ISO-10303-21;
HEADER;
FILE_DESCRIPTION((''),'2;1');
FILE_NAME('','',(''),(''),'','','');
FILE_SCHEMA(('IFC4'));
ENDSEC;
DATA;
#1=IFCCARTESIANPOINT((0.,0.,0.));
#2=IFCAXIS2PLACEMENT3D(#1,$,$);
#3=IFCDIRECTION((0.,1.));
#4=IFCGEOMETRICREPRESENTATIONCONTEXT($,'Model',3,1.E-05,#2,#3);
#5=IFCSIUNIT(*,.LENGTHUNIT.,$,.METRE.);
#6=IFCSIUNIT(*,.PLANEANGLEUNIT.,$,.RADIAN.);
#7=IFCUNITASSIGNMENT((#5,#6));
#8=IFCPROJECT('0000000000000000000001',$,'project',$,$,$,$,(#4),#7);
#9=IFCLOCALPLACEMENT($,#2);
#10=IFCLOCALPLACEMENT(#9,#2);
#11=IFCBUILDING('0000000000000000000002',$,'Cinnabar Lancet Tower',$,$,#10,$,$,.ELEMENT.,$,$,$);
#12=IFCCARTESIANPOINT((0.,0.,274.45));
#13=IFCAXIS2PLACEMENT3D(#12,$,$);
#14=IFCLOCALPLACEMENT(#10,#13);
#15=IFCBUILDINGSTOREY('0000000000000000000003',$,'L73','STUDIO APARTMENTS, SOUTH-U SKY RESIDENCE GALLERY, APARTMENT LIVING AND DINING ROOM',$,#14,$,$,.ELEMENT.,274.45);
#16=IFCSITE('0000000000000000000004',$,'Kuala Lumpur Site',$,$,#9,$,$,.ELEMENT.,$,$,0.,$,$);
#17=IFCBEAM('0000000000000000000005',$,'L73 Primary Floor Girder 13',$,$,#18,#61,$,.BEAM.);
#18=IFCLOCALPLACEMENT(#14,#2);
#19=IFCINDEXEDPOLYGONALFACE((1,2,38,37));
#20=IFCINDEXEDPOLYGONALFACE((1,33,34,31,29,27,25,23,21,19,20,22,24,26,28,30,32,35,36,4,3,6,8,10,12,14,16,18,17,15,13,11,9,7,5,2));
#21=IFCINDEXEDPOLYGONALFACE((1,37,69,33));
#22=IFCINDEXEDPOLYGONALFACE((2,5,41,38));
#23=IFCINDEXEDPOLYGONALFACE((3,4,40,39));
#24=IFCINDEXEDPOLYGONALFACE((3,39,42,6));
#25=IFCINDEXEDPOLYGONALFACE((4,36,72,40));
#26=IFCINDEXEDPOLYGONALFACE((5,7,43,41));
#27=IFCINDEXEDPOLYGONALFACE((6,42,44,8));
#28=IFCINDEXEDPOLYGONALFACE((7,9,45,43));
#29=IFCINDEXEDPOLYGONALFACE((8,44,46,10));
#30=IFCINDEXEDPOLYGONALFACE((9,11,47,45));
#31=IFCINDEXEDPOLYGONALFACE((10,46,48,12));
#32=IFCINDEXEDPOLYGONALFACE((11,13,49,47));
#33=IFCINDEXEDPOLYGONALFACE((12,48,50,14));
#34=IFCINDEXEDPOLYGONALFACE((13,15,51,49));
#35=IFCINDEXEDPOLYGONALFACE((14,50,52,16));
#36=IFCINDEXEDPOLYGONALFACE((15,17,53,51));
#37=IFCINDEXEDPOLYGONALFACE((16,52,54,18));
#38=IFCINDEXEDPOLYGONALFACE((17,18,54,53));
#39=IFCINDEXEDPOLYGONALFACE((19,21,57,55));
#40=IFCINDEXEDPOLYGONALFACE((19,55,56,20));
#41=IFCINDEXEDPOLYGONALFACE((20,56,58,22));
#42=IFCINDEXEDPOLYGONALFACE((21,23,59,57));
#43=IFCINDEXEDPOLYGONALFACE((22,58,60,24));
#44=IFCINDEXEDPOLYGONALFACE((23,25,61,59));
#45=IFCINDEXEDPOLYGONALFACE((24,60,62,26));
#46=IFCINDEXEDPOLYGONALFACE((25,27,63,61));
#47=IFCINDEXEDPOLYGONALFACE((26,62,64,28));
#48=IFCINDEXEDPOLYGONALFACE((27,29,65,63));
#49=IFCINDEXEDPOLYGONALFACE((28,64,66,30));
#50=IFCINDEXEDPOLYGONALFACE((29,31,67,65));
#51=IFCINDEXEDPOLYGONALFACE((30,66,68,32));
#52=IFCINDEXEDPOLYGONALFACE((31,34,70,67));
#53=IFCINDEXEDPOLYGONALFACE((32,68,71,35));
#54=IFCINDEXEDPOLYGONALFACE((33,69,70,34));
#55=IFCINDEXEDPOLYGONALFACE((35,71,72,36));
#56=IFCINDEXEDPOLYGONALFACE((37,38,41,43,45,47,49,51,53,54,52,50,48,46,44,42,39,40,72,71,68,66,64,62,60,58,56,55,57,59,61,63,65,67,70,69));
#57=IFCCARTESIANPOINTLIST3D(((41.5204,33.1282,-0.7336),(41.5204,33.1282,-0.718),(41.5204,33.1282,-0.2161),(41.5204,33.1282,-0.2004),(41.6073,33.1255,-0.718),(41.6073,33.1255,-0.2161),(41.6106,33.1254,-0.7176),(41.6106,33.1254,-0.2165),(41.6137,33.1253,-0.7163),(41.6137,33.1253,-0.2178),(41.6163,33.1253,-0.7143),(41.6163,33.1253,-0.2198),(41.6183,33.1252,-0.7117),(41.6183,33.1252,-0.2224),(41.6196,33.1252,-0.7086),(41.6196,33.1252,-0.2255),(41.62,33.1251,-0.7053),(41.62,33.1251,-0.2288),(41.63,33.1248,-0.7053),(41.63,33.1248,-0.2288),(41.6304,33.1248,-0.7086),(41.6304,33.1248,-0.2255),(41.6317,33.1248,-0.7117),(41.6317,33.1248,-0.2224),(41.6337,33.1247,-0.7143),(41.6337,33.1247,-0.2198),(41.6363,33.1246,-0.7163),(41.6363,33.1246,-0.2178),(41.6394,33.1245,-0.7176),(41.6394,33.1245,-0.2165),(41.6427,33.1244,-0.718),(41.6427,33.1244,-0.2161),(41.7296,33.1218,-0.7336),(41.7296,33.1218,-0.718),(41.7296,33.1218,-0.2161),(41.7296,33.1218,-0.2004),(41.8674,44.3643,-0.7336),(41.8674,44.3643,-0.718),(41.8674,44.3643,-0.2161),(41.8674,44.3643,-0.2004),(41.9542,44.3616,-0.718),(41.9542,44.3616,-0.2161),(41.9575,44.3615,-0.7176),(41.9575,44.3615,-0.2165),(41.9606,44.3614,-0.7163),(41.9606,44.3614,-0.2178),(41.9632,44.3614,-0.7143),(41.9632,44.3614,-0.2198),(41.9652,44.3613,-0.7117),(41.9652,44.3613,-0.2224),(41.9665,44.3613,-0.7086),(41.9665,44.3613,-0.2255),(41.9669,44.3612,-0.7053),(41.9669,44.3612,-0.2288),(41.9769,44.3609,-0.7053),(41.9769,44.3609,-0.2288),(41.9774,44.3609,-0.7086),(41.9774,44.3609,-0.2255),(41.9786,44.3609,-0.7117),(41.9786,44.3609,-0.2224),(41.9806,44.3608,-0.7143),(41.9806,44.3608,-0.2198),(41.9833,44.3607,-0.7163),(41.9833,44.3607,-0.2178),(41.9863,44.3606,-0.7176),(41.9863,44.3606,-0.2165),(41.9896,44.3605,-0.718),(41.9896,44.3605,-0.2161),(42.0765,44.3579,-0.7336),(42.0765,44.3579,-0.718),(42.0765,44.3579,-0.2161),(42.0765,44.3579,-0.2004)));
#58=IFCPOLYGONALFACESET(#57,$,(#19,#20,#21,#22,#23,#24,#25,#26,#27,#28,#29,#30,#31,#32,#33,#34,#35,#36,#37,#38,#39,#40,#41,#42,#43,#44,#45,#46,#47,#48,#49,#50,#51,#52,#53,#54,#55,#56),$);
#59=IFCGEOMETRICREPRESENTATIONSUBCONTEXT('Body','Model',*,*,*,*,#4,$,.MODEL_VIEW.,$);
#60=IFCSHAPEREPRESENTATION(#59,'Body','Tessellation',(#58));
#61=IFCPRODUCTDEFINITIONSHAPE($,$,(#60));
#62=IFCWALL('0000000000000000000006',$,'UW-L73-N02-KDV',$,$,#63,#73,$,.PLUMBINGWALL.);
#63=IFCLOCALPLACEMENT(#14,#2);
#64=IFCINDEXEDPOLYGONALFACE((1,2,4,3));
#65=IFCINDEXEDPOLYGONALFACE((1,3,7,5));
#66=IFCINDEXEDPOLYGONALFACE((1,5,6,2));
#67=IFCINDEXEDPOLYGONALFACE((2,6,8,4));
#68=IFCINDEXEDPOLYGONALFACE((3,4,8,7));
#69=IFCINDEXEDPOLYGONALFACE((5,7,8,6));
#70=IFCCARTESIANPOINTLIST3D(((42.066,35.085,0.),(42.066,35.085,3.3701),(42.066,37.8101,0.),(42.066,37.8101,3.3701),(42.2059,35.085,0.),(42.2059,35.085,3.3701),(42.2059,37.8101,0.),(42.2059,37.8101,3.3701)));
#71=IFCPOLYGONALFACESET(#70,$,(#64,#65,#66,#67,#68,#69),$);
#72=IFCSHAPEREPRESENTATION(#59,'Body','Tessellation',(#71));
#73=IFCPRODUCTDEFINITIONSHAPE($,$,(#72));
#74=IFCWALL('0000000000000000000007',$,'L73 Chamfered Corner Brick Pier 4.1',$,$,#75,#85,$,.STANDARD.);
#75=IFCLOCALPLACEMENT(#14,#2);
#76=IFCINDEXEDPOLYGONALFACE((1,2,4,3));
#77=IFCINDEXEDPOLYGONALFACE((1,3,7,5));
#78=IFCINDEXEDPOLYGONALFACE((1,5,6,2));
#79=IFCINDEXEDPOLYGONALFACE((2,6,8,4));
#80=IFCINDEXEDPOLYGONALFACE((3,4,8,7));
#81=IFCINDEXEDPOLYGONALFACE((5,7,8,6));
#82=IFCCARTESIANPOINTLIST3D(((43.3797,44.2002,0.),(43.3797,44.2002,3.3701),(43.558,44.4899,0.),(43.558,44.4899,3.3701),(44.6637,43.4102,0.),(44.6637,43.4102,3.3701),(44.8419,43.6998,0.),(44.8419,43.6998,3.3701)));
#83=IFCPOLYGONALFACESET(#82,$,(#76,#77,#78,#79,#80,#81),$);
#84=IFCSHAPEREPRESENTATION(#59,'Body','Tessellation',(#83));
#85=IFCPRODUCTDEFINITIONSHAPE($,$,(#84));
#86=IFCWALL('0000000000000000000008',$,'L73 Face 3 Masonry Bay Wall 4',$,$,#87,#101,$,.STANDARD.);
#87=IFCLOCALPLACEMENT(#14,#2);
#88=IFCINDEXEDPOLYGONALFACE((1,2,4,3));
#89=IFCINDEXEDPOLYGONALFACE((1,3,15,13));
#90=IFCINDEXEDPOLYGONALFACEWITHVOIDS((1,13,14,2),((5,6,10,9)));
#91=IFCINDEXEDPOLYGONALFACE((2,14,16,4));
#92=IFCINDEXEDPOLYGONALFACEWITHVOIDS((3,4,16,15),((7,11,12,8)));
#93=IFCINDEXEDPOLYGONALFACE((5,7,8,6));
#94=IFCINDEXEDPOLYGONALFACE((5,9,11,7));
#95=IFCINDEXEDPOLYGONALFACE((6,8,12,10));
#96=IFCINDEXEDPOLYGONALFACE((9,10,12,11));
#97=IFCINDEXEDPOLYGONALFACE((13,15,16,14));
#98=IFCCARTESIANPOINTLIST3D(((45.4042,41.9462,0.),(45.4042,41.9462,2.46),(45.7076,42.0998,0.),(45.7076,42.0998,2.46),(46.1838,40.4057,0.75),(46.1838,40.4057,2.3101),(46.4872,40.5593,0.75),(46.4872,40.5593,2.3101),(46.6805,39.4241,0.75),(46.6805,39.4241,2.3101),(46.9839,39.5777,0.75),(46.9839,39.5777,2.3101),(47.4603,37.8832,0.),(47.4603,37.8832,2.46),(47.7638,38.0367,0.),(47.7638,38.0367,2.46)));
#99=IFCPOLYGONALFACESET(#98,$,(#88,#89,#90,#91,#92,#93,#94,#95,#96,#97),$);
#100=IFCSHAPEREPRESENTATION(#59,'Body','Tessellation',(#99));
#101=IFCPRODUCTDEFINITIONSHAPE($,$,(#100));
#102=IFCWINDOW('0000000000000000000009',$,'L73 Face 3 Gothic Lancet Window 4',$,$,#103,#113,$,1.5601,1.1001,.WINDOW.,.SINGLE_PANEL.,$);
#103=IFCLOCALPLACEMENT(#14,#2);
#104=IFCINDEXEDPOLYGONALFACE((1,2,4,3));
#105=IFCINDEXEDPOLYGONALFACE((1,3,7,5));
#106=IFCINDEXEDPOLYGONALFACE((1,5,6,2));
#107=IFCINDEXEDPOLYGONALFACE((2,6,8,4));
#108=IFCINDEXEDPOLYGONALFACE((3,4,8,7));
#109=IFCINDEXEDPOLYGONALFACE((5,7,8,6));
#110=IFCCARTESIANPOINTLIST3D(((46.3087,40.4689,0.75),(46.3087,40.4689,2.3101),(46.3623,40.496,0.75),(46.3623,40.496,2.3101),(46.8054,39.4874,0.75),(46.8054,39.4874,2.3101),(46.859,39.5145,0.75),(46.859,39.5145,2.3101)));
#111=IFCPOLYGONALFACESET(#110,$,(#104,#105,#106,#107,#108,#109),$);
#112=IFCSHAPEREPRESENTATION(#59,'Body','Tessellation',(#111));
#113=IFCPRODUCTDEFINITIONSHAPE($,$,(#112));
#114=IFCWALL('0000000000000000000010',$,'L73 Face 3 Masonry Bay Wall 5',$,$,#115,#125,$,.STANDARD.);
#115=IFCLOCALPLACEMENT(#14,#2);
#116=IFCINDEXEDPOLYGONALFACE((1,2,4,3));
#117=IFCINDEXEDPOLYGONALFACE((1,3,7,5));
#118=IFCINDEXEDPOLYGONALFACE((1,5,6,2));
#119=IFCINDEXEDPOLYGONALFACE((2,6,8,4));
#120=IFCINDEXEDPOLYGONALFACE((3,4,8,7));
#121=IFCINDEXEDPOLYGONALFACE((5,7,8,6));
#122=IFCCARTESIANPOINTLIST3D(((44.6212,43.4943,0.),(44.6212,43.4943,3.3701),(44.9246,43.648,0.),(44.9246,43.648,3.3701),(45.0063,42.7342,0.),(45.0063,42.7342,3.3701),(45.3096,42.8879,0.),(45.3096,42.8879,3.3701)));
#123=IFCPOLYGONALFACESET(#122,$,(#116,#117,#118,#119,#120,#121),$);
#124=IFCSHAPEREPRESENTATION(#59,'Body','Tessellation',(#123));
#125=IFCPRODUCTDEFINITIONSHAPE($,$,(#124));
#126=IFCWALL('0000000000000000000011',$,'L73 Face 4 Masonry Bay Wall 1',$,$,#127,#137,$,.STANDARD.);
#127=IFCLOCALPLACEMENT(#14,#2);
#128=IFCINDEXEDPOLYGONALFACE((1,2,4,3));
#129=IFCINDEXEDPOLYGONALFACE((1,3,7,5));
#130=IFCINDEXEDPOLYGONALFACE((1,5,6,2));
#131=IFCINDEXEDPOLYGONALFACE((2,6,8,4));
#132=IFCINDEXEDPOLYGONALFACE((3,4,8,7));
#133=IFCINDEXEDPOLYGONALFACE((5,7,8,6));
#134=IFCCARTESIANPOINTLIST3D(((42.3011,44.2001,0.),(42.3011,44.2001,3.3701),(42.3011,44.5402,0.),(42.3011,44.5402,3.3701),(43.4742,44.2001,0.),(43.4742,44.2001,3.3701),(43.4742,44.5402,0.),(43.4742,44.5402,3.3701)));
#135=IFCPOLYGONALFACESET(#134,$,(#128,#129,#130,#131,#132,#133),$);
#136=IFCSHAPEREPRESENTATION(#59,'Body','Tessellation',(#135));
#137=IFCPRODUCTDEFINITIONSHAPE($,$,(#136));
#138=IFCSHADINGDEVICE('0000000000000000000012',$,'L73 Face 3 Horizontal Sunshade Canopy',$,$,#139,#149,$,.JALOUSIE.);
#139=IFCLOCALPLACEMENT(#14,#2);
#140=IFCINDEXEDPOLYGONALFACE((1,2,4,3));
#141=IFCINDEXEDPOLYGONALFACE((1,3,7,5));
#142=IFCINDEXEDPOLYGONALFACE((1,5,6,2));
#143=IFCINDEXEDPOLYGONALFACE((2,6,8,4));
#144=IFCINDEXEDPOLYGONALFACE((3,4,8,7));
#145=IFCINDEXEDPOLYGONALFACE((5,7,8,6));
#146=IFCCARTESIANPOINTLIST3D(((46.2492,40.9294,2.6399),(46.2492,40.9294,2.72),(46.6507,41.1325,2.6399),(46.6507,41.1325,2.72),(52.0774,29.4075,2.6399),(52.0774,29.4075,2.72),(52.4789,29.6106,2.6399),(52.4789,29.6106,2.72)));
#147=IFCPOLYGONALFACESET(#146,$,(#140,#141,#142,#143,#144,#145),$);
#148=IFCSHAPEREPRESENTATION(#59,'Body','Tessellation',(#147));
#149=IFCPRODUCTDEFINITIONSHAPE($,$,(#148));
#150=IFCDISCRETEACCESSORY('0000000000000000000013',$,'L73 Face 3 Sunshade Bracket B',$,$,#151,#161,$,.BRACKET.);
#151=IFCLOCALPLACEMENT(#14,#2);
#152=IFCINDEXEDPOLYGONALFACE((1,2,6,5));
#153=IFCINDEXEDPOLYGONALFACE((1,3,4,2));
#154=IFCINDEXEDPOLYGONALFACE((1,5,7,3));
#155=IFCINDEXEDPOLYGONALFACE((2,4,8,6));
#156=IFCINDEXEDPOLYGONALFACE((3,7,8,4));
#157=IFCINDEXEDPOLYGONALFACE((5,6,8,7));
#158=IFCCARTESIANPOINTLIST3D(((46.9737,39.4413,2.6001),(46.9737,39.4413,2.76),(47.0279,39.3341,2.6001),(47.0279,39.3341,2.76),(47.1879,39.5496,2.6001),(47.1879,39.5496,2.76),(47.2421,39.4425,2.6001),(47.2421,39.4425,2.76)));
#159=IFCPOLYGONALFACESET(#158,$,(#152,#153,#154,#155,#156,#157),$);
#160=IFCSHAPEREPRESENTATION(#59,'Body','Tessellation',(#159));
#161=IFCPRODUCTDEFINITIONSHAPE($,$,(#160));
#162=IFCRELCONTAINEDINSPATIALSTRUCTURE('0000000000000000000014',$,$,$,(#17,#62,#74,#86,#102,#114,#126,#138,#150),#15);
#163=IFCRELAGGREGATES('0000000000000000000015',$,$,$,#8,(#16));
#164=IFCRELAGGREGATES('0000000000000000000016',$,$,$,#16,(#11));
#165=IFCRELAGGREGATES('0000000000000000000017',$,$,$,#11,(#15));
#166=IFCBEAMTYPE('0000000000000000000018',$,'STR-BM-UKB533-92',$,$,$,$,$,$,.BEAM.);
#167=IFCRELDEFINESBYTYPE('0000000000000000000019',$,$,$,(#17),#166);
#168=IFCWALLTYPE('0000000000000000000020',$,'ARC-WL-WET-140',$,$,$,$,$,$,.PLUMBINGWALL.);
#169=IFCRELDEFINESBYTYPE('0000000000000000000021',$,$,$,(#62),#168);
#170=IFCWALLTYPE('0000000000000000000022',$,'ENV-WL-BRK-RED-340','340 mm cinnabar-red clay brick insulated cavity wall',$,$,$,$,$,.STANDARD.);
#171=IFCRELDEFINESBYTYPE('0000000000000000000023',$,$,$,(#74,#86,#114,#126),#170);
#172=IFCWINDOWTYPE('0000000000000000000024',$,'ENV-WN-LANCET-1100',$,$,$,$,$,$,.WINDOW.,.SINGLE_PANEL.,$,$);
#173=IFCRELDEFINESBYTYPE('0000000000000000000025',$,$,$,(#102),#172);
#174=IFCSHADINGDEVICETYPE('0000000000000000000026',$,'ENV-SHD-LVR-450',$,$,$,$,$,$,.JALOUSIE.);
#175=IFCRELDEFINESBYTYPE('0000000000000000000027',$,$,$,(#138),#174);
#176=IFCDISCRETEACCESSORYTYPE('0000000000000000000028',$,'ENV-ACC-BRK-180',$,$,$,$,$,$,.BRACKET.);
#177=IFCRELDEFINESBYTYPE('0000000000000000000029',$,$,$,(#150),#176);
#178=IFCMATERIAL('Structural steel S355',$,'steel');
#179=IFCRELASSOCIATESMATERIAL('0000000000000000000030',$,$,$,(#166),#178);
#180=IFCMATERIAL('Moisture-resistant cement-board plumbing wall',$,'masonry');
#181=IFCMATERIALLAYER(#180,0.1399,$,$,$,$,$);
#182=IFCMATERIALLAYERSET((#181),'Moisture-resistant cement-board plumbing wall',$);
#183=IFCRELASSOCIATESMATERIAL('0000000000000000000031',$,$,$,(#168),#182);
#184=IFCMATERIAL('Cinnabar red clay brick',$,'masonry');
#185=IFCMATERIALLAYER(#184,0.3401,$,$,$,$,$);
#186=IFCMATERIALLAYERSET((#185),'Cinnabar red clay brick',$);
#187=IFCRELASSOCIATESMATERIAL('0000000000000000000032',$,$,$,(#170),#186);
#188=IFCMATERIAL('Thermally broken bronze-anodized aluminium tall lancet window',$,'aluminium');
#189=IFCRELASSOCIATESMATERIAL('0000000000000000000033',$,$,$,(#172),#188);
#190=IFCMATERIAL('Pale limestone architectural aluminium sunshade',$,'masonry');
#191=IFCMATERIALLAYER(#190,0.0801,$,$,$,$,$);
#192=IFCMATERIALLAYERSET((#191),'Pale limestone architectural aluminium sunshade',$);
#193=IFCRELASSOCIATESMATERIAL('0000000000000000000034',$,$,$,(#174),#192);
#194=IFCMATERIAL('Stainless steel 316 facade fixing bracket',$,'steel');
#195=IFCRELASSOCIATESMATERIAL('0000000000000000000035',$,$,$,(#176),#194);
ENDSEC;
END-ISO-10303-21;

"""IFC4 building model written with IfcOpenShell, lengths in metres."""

from ifc_helpers import new_model, si_unit, direction, frame, frame_2d, origin, origin_2d, place, context, subcontext, project, spatial, rectangle, i_section, extrude, material, layer, layer_set, material_profile, profile_set, type_object, element, fill, save


model = new_model("IFC4")

# Units and contexts
model_context = context("Model", 3, precision=1e-05, world=origin(), true_north=direction((0.0, 1.0)))
body_context = subcontext(model_context, "Body", "Model", "MODEL_VIEW")
ifc_project = project(units=[si_unit("LENGTHUNIT", "METRE"), si_unit("PLANEANGLEUNIT", "RADIAN")], contexts=[model_context])

# Site, building, storey
site_placement = place(None, origin())
site = spatial("IfcSite", under=ifc_project, at=site_placement, Name="Kuala Lumpur Site", CompositionType="ELEMENT", RefElevation=0.0)
building_placement = place(site_placement, origin())
building = spatial("IfcBuilding", under=site, at=building_placement, Name="Cinnabar Lancet Tower", CompositionType="ELEMENT")
storey_placement = place(building_placement, frame((0.0, 0.0, 274.45)))
storey = spatial("IfcBuildingStorey", under=building, at=storey_placement, Name="L73", Description="STUDIO APARTMENTS, SOUTH-U SKY RESIDENCE GALLERY, APARTMENT LIVING AND DINING ROOM", CompositionType="ELEMENT", Elevation=274.45)

# Beam
ifc_material_1 = material(Name="Structural steel S355", Category="steel")
ifc_material_profile_1 = material_profile(ifc_material_1, i_section(OverallWidth=0.2092, OverallDepth=0.5332, WebThickness=0.01, FlangeThickness=0.0156, FilletRadius=0.0127, at=origin_2d()), Name="UKB 533x210x92")
ifc_profile_set_1 = profile_set([ifc_material_profile_1], Name="Structural steel S355")
beam_type_1 = type_object("IfcBeamType", Name="STR-BM-UKB533-92", PredefinedType="BEAM", material=ifc_profile_set_1)
beam_1_placement = place(storey_placement, frame((41.9719, 44.3611, -0.467), z_axis=(-0.030861, -0.999524, 0.0), x_axis=(0.999524, -0.030861, 0.0)))
element("IfcBeam", 1, at=beam_1_placement, inside=storey, type_object=beam_type_1, Name="L73 Primary Floor Girder 13", PredefinedType="BEAM", context=body_context, shape_type="SweptSolid", body=[
    extrude(i_section(OverallWidth=0.2092, OverallDepth=0.5332, WebThickness=0.01, FlangeThickness=0.0156, FilletRadius=0.0127, at=origin_2d()), origin(), (0.0, 0.0, 1.0), 11.2415),
])

# Walls
ifc_material_2 = material(Name="Moisture-resistant cement-board plumbing wall", Category="masonry")
ifc_layer_1 = layer(ifc_material_2, 0.1399)
ifc_layer_set_1 = layer_set([ifc_layer_1], Name="Moisture-resistant cement-board plumbing wall")
wall_type_1 = type_object("IfcWallType", Name="ARC-WL-WET-140", PredefinedType="PLUMBINGWALL", material=ifc_layer_set_1)
wall_1_placement = place(storey_placement, frame((42.136, 35.085, 0.0), z_axis=(0.0, 0.0, 1.0), x_axis=(0.0, 1.0, 0.0)))
element("IfcWall", 2, at=wall_1_placement, inside=storey, type_object=wall_type_1, Name="UW-L73-N02-KDV", PredefinedType="PLUMBINGWALL", context=body_context, shape_type="SweptSolid", body=[
    extrude(rectangle(XDim=2.7251, YDim=0.1399, at=frame_2d((1.3625, 0.0))), origin(), (0.0, 0.0, 1.0), 3.3701),
])
ifc_material_3 = material(Name="Cinnabar red clay brick", Category="masonry")
ifc_layer_2 = layer(ifc_material_3, 0.3401)
ifc_layer_set_2 = layer_set([ifc_layer_2], Name="Cinnabar red clay brick")
wall_type_2 = type_object("IfcWallType", Name="ENV-WL-BRK-RED-340", Description="340 mm cinnabar-red clay brick insulated cavity wall", PredefinedType="STANDARD", material=ifc_layer_set_2)
wall_2_placement = place(storey_placement, frame((44.7529, 43.5549, 0.0), z_axis=(0.0, 0.0, 1.0), x_axis=(-0.851681, 0.524061, 0.0)))
element("IfcWall", 3, at=wall_2_placement, inside=storey, type_object=wall_type_2, Name="L73 Chamfered Corner Brick Pier 4.1", PredefinedType="STANDARD", context=body_context, shape_type="SweptSolid", body=[
    extrude(rectangle(XDim=1.5076, YDim=0.3401, at=frame_2d((0.7539, 0.0))), origin(), (0.0, 0.0, 1.0), 3.3701),
])

# Wall, opening, window
wall_3_placement = place(storey_placement, frame((47.6121, 37.96, 0.0), z_axis=(0.0, 0.0, 1.0), x_axis=(-0.45154, 0.892251, 0.0)))
wall_3 = element("IfcWall", 4, at=wall_3_placement, inside=storey, type_object=wall_type_2, Name="L73 Face 3 Masonry Bay Wall 4", PredefinedType="STANDARD", context=body_context, shape_type="SweptSolid", body=[
    extrude(rectangle(XDim=4.5537, YDim=0.3401, at=frame_2d((2.2769, 0.0))), origin(), (0.0, 0.0, 1.0), 2.46),
])
opening_placement = place(wall_3_placement, frame((1.7271, 0.0, 0.75)))
opening = element("IfcOpeningElement", 5, at=opening_placement, cuts=wall_3, PredefinedType="OPENING", context=body_context, shape_type="SweptSolid", body=[
    extrude(rectangle(XDim=1.1001, YDim=1.5601, at=frame_2d((0.55, 0.78))), frame((0.0, 0.1799, 0.0), z_axis=(0.0, -1.0, 0.0), x_axis=(1.0, 0.0, 0.0)), (0.0, 0.0, 1.0), 0.3601),
])
ifc_material_4 = material(Name="Thermally broken bronze-anodized aluminium tall lancet window", Category="aluminium")
window_type = type_object("IfcWindowType", Name="ENV-WN-LANCET-1100", PartitioningType="SINGLE_PANEL", PredefinedType="WINDOW", material=ifc_material_4)
window_placement = place(opening_placement, origin())
window = element("IfcWindow", 6, at=window_placement, inside=storey, type_object=window_type, Name="L73 Face 3 Gothic Lancet Window 4", OverallHeight=1.5601, OverallWidth=1.1001, PartitioningType="SINGLE_PANEL", PredefinedType="WINDOW", context=body_context, shape_type="SweptSolid", body=[
    extrude(rectangle(XDim=1.1001, YDim=1.5601, at=frame_2d((0.55, 0.78))), frame((0.0, 0.03, 0.0), z_axis=(0.0, -1.0, 0.0), x_axis=(1.0, 0.0, 0.0)), (0.0, 0.0, 1.0), 0.0601),
])
fill(opening, window)

# Walls
wall_4_placement = place(storey_placement, frame((45.158, 42.811, 0.0), z_axis=(0.0, 0.0, 1.0), x_axis=(-0.451907, 0.892065, 0.0)))
element("IfcWall", 7, at=wall_4_placement, inside=storey, type_object=wall_type_2, Name="L73 Face 3 Masonry Bay Wall 5", PredefinedType="STANDARD", context=body_context, shape_type="SweptSolid", body=[
    extrude(rectangle(XDim=0.8521, YDim=0.3401, at=frame_2d((0.426, 0.0))), origin(), (0.0, 0.0, 1.0), 3.3701),
])
wall_5_placement = place(storey_placement, frame((43.4741, 44.3701, 0.0), z_axis=(0.0, 0.0, 1.0), x_axis=(-1.0, 0.0, 0.0)))
element("IfcWall", 8, at=wall_5_placement, inside=storey, type_object=wall_type_2, Name="L73 Face 4 Masonry Bay Wall 1", PredefinedType="STANDARD", context=body_context, shape_type="SweptSolid", body=[
    extrude(rectangle(XDim=1.1731, YDim=0.3401, at=frame_2d((0.5864, 0.0))), origin(), (0.0, 0.0, 1.0), 3.3701),
])

# Shading device
ifc_material_5 = material(Name="Pale limestone architectural aluminium sunshade", Category="masonry")
ifc_layer_3 = layer(ifc_material_5, 0.0801)
ifc_layer_set_3 = layer_set([ifc_layer_3], Name="Pale limestone architectural aluminium sunshade")
shading_device_type = type_object("IfcShadingDeviceType", Name="ENV-SHD-LVR-450", PredefinedType="JALOUSIE", material=ifc_layer_set_3)
shading_device_placement = place(storey_placement, frame((49.364, 35.27, 2.6399), z_axis=(0.0, 0.0, 1.0), x_axis=(-0.451376, 0.892334, 0.0)))
element("IfcShadingDevice", 9, at=shading_device_placement, inside=storey, type_object=shading_device_type, Name="L73 Face 3 Horizontal Sunshade Canopy", PredefinedType="JALOUSIE", context=body_context, shape_type="SweptSolid", body=[
    extrude(rectangle(XDim=12.9121, YDim=0.45, at=origin_2d()), origin(), (0.0, 0.0, 1.0), 0.0801),
])

# Discrete accessory
ifc_material_6 = material(Name="Stainless steel 316 facade fixing bracket", Category="steel")
discrete_accessory_type = type_object("IfcDiscreteAccessoryType", Name="ENV-ACC-BRK-180", PredefinedType="BRACKET", material=ifc_material_6)
discrete_accessory_placement = place(storey_placement, frame((47.1079, 39.4419, 2.6001), z_axis=(0.0, 0.0, 1.0), x_axis=(-0.451376, 0.892334, 0.0)))
element("IfcDiscreteAccessory", 10, at=discrete_accessory_placement, inside=storey, type_object=discrete_accessory_type, Name="L73 Face 3 Sunshade Bracket B", PredefinedType="BRACKET", context=body_context, shape_type="SweptSolid", body=[
    extrude(rectangle(XDim=0.1201, YDim=0.24, at=origin_2d()), origin(), (0.0, 0.0, 1.0), 0.1599),
])

save(model, "model.ifc")
